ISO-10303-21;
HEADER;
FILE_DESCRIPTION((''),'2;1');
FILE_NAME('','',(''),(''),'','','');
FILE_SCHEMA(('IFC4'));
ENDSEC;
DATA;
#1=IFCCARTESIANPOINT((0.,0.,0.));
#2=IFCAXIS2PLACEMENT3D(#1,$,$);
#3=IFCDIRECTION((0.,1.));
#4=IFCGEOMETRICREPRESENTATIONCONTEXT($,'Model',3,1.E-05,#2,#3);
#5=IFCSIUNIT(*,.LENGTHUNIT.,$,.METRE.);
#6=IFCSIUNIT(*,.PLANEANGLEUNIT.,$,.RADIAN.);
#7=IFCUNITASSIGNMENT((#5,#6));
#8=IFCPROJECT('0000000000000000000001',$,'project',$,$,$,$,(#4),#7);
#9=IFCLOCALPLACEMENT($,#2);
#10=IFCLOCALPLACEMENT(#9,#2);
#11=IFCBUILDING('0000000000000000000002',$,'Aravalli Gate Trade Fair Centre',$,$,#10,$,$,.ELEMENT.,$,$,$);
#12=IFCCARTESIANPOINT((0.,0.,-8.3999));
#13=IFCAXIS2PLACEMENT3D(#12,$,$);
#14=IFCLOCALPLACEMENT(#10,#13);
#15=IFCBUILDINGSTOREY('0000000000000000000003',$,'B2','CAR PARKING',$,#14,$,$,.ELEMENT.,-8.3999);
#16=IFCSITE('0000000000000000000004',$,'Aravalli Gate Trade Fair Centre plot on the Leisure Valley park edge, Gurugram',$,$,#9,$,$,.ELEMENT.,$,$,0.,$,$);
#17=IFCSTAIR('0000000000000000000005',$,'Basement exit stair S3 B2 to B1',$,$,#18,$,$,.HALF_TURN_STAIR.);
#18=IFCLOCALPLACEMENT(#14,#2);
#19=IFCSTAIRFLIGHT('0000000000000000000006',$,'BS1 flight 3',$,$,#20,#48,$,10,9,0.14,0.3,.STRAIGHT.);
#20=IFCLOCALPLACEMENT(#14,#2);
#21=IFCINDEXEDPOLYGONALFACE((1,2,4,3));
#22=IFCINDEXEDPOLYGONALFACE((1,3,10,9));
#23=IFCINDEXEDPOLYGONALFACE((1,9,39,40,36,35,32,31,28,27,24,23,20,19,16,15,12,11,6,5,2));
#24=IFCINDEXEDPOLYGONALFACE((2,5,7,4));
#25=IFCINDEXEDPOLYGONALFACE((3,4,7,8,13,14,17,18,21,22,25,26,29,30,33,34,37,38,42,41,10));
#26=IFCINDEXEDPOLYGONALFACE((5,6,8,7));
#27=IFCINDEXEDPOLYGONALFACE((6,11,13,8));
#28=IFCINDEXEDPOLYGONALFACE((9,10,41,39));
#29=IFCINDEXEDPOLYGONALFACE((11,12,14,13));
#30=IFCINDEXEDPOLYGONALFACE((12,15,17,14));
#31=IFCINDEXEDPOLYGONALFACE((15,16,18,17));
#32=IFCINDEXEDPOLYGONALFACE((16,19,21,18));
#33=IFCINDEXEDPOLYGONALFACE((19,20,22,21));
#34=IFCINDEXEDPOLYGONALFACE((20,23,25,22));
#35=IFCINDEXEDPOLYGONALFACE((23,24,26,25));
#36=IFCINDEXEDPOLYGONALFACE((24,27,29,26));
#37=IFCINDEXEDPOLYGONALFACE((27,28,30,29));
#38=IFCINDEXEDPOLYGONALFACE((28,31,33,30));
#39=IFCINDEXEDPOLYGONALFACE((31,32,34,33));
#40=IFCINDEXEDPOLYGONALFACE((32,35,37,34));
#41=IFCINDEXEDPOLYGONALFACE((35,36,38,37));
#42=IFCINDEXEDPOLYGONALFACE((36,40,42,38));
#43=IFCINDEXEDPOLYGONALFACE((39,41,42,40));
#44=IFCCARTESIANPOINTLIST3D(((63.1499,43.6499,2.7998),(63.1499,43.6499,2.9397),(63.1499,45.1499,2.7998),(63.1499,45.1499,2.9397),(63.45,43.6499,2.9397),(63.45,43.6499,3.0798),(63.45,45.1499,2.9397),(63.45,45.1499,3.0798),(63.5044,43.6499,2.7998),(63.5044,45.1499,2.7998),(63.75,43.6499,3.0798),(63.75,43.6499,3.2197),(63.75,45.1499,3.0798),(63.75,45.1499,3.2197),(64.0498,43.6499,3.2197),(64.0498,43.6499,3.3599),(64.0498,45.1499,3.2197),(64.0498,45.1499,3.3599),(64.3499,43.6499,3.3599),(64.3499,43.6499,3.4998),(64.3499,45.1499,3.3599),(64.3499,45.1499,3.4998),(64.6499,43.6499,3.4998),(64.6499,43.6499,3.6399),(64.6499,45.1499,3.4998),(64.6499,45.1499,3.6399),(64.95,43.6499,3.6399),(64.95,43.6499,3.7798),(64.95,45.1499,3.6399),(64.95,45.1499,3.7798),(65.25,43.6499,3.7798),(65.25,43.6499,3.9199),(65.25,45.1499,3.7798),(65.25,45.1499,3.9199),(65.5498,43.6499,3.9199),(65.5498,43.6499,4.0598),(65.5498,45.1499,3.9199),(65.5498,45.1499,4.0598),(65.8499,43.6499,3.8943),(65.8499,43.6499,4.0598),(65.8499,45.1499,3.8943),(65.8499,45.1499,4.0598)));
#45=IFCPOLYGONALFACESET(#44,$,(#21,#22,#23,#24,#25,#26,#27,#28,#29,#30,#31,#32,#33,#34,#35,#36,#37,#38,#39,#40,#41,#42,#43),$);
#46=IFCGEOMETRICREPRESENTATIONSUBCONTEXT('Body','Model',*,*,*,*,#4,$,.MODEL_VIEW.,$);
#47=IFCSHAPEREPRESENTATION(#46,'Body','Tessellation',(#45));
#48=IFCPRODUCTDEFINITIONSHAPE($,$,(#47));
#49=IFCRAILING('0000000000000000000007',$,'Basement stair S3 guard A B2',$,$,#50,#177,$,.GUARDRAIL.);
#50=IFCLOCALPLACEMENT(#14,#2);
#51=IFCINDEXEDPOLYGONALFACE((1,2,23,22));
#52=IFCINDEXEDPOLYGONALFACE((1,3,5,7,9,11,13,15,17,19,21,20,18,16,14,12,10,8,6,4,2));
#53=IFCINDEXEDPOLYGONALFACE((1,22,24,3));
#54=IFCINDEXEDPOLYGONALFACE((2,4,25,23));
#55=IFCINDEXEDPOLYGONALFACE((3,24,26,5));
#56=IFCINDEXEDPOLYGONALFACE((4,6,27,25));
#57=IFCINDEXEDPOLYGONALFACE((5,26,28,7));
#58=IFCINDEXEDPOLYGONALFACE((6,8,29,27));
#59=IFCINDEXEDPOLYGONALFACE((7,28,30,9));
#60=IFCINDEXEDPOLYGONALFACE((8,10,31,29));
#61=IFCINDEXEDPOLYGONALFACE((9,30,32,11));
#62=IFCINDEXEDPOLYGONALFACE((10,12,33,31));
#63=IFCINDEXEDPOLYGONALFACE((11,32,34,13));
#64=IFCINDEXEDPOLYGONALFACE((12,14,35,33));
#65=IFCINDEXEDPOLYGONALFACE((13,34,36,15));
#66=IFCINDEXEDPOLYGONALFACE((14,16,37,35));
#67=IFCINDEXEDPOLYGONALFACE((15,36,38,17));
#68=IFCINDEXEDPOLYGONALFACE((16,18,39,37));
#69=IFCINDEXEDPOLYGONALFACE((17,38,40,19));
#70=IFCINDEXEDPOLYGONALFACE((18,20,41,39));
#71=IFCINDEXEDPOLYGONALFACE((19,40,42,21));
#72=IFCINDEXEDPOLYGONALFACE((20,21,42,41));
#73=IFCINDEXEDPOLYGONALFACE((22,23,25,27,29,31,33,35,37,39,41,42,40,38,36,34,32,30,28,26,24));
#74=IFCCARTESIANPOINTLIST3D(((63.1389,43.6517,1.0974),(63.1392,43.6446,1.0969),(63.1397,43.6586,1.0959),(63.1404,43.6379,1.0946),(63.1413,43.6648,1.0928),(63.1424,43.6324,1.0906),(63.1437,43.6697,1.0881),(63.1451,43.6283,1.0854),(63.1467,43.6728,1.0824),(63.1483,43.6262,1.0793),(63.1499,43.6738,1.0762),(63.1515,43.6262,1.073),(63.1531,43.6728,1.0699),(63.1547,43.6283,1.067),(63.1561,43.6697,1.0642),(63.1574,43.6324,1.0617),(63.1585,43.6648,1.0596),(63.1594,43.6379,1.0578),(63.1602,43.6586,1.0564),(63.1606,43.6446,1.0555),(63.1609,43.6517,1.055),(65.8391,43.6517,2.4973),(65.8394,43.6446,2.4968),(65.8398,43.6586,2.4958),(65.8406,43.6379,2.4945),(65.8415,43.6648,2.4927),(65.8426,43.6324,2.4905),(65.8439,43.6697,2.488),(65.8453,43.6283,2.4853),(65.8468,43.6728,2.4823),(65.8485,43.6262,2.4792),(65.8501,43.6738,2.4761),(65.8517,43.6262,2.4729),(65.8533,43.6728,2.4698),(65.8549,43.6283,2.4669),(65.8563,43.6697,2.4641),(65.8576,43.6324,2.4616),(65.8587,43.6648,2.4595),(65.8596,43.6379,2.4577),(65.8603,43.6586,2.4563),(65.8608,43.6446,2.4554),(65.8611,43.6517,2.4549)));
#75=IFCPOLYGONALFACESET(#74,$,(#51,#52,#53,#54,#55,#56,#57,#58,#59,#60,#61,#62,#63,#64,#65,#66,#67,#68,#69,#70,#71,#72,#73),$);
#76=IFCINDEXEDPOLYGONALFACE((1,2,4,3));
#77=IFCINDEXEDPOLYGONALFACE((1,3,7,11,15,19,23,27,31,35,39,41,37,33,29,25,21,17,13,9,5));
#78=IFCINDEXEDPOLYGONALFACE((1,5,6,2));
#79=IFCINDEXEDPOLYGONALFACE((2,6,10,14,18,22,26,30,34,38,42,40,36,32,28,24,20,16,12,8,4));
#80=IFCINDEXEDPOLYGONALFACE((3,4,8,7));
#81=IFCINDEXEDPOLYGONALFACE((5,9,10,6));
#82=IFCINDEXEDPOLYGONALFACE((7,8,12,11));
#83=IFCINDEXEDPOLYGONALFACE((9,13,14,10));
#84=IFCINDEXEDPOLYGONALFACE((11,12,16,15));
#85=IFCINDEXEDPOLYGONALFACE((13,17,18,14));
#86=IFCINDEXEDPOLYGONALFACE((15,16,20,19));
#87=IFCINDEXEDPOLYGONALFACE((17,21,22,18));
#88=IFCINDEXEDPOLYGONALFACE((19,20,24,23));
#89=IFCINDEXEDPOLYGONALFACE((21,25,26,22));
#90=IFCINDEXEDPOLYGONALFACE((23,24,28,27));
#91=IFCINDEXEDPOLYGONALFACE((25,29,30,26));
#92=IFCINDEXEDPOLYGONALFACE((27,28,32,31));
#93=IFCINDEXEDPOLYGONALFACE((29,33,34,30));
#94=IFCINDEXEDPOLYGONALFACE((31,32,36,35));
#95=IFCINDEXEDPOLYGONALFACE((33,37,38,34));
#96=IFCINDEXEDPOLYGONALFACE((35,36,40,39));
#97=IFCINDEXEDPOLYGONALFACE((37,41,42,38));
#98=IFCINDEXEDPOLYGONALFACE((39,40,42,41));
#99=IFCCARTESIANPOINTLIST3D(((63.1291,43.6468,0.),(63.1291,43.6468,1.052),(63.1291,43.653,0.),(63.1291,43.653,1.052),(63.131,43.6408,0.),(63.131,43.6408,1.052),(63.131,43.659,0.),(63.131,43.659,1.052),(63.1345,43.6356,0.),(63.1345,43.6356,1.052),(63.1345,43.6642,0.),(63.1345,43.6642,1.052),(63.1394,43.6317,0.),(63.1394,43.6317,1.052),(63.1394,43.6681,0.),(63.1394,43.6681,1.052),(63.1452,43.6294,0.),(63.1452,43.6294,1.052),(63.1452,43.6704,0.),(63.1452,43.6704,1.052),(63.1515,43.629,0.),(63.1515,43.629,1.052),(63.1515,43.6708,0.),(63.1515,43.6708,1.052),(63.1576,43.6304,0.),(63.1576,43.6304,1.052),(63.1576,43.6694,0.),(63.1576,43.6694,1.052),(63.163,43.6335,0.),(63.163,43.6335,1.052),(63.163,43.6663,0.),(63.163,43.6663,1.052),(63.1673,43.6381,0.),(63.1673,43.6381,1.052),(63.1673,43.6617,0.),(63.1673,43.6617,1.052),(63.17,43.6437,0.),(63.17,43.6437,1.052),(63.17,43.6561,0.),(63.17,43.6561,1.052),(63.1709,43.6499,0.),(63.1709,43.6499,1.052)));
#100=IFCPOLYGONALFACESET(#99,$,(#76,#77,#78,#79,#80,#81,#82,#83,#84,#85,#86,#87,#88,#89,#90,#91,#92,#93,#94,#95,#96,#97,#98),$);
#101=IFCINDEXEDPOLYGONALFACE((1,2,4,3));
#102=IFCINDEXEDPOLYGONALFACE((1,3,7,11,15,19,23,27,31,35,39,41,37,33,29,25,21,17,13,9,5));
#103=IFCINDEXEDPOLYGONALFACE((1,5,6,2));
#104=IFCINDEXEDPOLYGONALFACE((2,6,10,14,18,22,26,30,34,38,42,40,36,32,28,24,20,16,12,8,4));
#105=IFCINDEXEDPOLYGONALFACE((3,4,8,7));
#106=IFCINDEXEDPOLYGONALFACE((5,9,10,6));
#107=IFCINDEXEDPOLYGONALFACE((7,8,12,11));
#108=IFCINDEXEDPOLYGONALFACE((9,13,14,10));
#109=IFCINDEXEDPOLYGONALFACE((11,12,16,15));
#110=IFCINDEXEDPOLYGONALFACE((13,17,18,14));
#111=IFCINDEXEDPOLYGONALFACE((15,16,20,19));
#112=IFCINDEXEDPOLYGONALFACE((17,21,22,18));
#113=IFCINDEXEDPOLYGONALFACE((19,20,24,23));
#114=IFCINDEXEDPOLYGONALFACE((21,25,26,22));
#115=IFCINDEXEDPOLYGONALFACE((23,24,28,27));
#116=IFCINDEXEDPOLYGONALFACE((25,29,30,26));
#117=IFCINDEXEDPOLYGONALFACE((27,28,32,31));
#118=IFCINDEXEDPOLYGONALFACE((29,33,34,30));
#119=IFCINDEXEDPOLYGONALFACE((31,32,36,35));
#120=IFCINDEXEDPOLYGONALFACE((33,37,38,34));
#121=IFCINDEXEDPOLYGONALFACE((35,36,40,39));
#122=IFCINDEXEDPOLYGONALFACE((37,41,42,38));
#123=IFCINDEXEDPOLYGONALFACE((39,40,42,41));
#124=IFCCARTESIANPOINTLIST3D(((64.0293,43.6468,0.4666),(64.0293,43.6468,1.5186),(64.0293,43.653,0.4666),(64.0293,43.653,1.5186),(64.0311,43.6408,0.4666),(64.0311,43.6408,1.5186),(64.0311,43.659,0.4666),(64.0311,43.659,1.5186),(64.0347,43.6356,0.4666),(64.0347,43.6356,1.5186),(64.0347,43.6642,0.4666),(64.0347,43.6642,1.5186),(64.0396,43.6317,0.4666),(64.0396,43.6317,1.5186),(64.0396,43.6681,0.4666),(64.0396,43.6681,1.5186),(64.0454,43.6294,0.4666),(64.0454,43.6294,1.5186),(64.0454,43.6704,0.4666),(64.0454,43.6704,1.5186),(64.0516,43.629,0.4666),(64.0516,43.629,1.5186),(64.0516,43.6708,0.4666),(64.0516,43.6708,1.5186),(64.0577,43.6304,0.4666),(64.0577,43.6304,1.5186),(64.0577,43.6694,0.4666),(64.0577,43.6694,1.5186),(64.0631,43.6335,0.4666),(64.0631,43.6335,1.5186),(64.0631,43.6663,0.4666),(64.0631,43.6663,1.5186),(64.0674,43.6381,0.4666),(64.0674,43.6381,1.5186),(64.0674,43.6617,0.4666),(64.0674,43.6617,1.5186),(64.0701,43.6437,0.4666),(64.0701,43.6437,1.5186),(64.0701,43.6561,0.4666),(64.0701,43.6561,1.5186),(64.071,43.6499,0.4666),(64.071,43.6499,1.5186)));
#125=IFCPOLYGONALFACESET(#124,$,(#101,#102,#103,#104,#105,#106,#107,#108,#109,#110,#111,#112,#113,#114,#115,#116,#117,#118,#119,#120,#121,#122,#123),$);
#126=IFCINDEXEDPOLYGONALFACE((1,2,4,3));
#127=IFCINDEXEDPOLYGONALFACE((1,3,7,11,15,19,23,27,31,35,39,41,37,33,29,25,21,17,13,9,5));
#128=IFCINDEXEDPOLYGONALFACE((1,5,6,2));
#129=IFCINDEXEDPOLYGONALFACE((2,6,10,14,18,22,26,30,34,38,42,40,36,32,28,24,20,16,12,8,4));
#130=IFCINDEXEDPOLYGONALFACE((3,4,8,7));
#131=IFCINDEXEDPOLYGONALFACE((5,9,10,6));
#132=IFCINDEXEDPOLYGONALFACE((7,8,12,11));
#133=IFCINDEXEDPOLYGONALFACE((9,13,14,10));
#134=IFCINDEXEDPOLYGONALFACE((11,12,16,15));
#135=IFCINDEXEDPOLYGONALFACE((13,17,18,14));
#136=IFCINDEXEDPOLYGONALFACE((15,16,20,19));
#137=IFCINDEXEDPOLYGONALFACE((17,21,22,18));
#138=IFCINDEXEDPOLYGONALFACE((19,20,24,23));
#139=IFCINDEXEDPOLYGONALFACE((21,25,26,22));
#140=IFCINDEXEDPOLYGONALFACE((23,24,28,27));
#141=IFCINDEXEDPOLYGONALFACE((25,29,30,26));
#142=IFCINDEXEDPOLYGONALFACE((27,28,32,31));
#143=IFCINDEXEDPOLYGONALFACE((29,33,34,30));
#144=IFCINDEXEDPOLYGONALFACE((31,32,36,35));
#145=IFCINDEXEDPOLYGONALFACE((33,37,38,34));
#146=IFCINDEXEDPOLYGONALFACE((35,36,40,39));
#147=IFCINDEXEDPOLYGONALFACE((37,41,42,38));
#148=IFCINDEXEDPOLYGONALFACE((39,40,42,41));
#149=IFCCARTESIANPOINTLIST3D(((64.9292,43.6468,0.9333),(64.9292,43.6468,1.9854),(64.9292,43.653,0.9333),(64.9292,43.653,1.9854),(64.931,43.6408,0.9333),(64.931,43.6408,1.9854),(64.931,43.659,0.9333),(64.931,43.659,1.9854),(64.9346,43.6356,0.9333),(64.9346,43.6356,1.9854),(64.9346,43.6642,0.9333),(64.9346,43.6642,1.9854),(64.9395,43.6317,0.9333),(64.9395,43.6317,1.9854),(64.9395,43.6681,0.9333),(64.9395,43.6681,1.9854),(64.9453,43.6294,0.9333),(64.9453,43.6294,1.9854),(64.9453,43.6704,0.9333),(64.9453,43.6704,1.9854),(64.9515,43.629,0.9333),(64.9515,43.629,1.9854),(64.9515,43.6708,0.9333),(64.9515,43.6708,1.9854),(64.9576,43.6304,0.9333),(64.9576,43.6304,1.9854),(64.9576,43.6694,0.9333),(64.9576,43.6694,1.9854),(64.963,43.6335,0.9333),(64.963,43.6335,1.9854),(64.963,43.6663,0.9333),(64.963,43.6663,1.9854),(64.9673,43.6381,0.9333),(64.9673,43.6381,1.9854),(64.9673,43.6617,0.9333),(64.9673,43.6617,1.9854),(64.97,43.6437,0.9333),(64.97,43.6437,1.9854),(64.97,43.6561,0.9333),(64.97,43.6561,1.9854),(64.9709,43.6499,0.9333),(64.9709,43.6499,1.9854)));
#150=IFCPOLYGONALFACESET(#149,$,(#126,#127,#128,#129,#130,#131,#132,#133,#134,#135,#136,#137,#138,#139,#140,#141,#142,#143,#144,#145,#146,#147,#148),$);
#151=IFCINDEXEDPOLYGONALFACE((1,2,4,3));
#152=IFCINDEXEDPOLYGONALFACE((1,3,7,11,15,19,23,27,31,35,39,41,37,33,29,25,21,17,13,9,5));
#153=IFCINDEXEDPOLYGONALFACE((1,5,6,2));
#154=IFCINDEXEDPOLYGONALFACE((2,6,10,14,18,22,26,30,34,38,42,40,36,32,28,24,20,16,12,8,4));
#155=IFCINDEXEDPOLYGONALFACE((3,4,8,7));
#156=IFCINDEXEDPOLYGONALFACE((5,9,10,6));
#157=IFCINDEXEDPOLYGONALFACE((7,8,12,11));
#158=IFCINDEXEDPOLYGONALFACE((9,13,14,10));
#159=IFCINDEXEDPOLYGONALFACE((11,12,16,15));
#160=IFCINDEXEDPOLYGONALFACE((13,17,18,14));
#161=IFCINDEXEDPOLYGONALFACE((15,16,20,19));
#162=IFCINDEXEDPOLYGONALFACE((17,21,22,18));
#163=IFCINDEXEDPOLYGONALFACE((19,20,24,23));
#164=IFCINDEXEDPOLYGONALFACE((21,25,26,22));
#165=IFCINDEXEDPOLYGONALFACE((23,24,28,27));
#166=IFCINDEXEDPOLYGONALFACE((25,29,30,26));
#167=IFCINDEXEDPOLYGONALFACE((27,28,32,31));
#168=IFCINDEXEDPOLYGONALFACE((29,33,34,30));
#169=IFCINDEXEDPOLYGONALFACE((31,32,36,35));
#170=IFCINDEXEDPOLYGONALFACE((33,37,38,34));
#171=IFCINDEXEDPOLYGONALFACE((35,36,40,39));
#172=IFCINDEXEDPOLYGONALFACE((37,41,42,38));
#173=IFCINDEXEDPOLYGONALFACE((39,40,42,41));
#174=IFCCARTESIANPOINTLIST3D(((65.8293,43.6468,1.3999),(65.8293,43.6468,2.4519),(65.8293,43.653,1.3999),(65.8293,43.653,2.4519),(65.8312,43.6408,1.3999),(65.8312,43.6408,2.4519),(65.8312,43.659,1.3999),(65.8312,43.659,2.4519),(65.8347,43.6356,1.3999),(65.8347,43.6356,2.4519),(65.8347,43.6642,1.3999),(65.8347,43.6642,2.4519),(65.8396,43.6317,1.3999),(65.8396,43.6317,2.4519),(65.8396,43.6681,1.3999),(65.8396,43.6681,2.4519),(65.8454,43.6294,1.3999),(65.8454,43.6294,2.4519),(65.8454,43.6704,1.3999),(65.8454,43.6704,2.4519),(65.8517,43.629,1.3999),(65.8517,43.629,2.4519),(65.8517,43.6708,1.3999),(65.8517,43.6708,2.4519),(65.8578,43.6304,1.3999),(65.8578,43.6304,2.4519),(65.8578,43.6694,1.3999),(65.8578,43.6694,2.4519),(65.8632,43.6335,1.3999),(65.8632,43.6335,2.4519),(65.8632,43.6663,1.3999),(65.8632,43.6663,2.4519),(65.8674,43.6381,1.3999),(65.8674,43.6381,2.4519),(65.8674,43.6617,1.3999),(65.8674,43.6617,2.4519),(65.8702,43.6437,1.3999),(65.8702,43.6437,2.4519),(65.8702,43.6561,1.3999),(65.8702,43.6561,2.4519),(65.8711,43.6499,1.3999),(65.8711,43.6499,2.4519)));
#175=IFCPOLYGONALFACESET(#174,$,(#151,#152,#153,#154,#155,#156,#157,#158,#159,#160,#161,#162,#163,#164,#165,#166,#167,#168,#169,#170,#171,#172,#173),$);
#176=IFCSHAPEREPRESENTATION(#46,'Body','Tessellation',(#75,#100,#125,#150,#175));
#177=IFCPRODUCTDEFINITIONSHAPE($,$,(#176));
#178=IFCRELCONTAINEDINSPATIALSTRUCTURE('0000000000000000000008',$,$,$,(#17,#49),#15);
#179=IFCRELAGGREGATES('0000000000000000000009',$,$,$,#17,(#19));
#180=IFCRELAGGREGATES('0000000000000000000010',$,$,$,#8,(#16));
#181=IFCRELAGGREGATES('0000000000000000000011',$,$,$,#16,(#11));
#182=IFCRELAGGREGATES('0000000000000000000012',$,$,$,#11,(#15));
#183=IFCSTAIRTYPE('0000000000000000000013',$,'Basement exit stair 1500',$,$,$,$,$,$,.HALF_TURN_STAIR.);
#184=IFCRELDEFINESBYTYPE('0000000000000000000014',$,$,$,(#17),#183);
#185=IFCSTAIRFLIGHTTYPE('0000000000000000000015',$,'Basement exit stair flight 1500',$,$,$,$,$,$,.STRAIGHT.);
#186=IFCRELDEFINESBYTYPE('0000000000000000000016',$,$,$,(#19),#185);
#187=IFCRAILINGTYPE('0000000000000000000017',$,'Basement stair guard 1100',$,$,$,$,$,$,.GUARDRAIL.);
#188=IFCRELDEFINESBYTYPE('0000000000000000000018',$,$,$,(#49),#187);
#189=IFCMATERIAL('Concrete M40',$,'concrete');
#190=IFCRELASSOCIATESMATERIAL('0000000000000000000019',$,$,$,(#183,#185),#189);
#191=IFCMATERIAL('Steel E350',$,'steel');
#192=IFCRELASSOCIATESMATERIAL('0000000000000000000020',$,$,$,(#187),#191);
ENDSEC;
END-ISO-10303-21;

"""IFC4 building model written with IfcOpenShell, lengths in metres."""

from ifc_helpers import new_model, si_unit, direction, frame, origin, origin_2d, place, context, subcontext, project, spatial, polyline, circle, outline, extrude, material, type_object, element, aggregate, save


model = new_model("IFC4")

# Units and contexts
model_context = context("Model", 3, precision=1e-05, world=origin(), true_north=direction((0.0, 1.0)))
body_context = subcontext(model_context, "Body", "Model", "MODEL_VIEW")
ifc_project = project(units=[si_unit("LENGTHUNIT", "METRE"), si_unit("PLANEANGLEUNIT", "RADIAN")], contexts=[model_context])

# Site, building, storey
site_placement = place(None, origin())
site = spatial("IfcSite", under=ifc_project, at=site_placement, Name="Aravalli Gate Trade Fair Centre plot on the Leisure Valley park edge, Gurugram", CompositionType="ELEMENT", RefElevation=0.0)
building_placement = place(site_placement, origin())
building = spatial("IfcBuilding", under=site, at=building_placement, Name="Aravalli Gate Trade Fair Centre", CompositionType="ELEMENT")
storey_placement = place(building_placement, frame((0.0, 0.0, -8.3999)))
storey = spatial("IfcBuildingStorey", under=building, at=storey_placement, Name="B2", Description="CAR PARKING", CompositionType="ELEMENT", Elevation=-8.3999)

# Shared definitions
ifc_material_1 = material(Name="Concrete M40", Category="concrete")

# Stair, stair flight
stair_type = type_object("IfcStairType", Name="Basement exit stair 1500", PredefinedType="HALF_TURN_STAIR", material=ifc_material_1)
stair_placement = place(storey_placement, origin())
stair = element("IfcStair", 1, at=stair_placement, inside=storey, type_object=stair_type, Name="Basement exit stair S3 B2 to B1", PredefinedType="HALF_TURN_STAIR")
stair_flight_type = type_object("IfcStairFlightType", Name="Basement exit stair flight 1500", PredefinedType="STRAIGHT", material=ifc_material_1)
stair_flight_1_placement = place(storey_placement, frame((63.1499, 44.3999, 2.7998), z_axis=(0.0, 0.0, 1.0), x_axis=(1.0, 0.0, 0.0)))
stair_flight_1 = element("IfcStairFlight", 2, at=stair_flight_1_placement, type_object=stair_flight_type, Name="BS1 flight 3", NumberOfRisers=10, NumberOfTreads=9, PredefinedType="STRAIGHT", RiserHeight=0.14, TreadLength=0.3, context=body_context, shape_type="SweptSolid", body=[
    extrude(outline(polyline([(0.0, 0.0), (0.0, 0.1399), (0.3, 0.1399), (0.3, 0.28), (0.6001, 0.28), (0.6001, 0.4199), (0.8999, 0.4199), (0.8999, 0.5601), (1.2, 0.5601), (1.2, 0.7), (1.5, 0.7), (1.5, 0.8401), (1.8, 0.8401), (1.8, 0.98), (2.1001, 0.98), (2.1001, 1.1201), (2.3999, 1.1201), (2.3999, 1.26), (2.7, 1.26), (2.7, 1.3999), (2.7, 1.0945), (0.3545, 0.0), (0.0, 0.0)])), frame((0.0, 0.75, 0.0), z_axis=(0.0, -1.0, 0.0), x_axis=(1.0, 0.0, 0.0)), (0.0, 0.0, 1.0), 1.5),
])
aggregate(stair, [stair_flight_1])

# Railing
ifc_material_2 = material(Name="Steel E350", Category="steel")
railing_type_1 = type_object("IfcRailingType", Name="Basement stair guard 1100", PredefinedType="GUARDRAIL", material=ifc_material_2)
railing_1_placement = place(storey_placement, frame((63.1499, 43.6499, 0.0)))
element("IfcRailing", 3, at=railing_1_placement, inside=storey, type_object=railing_type_1, Name="Basement stair S3 guard A B2", PredefinedType="GUARDRAIL", context=body_context, shape_type="SweptSolid", body=[
    extrude(circle(Radius=0.0239, at=origin_2d()), frame((0.0, 0.0, 1.0762), z_axis=(0.887781, 0.0, 0.460266), x_axis=(0.0, 1.0, 0.0)), (0.0, 0.0, 1.0), 3.0415),
    extrude(circle(Radius=0.021, at=origin_2d()), origin(), (0.0, 0.0, 1.0), 1.052),
    extrude(circle(Radius=0.021, at=origin_2d()), frame((0.9001, 0.0, 0.4666)), (0.0, 0.0, 1.0), 1.052),
    extrude(circle(Radius=0.021, at=origin_2d()), frame((1.8, 0.0, 0.9333)), (0.0, 0.0, 1.0), 1.052),
    extrude(circle(Radius=0.021, at=origin_2d()), frame((2.7002, 0.0, 1.3999)), (0.0, 0.0, 1.0), 1.052),
])

save(model, "model.ifc")
